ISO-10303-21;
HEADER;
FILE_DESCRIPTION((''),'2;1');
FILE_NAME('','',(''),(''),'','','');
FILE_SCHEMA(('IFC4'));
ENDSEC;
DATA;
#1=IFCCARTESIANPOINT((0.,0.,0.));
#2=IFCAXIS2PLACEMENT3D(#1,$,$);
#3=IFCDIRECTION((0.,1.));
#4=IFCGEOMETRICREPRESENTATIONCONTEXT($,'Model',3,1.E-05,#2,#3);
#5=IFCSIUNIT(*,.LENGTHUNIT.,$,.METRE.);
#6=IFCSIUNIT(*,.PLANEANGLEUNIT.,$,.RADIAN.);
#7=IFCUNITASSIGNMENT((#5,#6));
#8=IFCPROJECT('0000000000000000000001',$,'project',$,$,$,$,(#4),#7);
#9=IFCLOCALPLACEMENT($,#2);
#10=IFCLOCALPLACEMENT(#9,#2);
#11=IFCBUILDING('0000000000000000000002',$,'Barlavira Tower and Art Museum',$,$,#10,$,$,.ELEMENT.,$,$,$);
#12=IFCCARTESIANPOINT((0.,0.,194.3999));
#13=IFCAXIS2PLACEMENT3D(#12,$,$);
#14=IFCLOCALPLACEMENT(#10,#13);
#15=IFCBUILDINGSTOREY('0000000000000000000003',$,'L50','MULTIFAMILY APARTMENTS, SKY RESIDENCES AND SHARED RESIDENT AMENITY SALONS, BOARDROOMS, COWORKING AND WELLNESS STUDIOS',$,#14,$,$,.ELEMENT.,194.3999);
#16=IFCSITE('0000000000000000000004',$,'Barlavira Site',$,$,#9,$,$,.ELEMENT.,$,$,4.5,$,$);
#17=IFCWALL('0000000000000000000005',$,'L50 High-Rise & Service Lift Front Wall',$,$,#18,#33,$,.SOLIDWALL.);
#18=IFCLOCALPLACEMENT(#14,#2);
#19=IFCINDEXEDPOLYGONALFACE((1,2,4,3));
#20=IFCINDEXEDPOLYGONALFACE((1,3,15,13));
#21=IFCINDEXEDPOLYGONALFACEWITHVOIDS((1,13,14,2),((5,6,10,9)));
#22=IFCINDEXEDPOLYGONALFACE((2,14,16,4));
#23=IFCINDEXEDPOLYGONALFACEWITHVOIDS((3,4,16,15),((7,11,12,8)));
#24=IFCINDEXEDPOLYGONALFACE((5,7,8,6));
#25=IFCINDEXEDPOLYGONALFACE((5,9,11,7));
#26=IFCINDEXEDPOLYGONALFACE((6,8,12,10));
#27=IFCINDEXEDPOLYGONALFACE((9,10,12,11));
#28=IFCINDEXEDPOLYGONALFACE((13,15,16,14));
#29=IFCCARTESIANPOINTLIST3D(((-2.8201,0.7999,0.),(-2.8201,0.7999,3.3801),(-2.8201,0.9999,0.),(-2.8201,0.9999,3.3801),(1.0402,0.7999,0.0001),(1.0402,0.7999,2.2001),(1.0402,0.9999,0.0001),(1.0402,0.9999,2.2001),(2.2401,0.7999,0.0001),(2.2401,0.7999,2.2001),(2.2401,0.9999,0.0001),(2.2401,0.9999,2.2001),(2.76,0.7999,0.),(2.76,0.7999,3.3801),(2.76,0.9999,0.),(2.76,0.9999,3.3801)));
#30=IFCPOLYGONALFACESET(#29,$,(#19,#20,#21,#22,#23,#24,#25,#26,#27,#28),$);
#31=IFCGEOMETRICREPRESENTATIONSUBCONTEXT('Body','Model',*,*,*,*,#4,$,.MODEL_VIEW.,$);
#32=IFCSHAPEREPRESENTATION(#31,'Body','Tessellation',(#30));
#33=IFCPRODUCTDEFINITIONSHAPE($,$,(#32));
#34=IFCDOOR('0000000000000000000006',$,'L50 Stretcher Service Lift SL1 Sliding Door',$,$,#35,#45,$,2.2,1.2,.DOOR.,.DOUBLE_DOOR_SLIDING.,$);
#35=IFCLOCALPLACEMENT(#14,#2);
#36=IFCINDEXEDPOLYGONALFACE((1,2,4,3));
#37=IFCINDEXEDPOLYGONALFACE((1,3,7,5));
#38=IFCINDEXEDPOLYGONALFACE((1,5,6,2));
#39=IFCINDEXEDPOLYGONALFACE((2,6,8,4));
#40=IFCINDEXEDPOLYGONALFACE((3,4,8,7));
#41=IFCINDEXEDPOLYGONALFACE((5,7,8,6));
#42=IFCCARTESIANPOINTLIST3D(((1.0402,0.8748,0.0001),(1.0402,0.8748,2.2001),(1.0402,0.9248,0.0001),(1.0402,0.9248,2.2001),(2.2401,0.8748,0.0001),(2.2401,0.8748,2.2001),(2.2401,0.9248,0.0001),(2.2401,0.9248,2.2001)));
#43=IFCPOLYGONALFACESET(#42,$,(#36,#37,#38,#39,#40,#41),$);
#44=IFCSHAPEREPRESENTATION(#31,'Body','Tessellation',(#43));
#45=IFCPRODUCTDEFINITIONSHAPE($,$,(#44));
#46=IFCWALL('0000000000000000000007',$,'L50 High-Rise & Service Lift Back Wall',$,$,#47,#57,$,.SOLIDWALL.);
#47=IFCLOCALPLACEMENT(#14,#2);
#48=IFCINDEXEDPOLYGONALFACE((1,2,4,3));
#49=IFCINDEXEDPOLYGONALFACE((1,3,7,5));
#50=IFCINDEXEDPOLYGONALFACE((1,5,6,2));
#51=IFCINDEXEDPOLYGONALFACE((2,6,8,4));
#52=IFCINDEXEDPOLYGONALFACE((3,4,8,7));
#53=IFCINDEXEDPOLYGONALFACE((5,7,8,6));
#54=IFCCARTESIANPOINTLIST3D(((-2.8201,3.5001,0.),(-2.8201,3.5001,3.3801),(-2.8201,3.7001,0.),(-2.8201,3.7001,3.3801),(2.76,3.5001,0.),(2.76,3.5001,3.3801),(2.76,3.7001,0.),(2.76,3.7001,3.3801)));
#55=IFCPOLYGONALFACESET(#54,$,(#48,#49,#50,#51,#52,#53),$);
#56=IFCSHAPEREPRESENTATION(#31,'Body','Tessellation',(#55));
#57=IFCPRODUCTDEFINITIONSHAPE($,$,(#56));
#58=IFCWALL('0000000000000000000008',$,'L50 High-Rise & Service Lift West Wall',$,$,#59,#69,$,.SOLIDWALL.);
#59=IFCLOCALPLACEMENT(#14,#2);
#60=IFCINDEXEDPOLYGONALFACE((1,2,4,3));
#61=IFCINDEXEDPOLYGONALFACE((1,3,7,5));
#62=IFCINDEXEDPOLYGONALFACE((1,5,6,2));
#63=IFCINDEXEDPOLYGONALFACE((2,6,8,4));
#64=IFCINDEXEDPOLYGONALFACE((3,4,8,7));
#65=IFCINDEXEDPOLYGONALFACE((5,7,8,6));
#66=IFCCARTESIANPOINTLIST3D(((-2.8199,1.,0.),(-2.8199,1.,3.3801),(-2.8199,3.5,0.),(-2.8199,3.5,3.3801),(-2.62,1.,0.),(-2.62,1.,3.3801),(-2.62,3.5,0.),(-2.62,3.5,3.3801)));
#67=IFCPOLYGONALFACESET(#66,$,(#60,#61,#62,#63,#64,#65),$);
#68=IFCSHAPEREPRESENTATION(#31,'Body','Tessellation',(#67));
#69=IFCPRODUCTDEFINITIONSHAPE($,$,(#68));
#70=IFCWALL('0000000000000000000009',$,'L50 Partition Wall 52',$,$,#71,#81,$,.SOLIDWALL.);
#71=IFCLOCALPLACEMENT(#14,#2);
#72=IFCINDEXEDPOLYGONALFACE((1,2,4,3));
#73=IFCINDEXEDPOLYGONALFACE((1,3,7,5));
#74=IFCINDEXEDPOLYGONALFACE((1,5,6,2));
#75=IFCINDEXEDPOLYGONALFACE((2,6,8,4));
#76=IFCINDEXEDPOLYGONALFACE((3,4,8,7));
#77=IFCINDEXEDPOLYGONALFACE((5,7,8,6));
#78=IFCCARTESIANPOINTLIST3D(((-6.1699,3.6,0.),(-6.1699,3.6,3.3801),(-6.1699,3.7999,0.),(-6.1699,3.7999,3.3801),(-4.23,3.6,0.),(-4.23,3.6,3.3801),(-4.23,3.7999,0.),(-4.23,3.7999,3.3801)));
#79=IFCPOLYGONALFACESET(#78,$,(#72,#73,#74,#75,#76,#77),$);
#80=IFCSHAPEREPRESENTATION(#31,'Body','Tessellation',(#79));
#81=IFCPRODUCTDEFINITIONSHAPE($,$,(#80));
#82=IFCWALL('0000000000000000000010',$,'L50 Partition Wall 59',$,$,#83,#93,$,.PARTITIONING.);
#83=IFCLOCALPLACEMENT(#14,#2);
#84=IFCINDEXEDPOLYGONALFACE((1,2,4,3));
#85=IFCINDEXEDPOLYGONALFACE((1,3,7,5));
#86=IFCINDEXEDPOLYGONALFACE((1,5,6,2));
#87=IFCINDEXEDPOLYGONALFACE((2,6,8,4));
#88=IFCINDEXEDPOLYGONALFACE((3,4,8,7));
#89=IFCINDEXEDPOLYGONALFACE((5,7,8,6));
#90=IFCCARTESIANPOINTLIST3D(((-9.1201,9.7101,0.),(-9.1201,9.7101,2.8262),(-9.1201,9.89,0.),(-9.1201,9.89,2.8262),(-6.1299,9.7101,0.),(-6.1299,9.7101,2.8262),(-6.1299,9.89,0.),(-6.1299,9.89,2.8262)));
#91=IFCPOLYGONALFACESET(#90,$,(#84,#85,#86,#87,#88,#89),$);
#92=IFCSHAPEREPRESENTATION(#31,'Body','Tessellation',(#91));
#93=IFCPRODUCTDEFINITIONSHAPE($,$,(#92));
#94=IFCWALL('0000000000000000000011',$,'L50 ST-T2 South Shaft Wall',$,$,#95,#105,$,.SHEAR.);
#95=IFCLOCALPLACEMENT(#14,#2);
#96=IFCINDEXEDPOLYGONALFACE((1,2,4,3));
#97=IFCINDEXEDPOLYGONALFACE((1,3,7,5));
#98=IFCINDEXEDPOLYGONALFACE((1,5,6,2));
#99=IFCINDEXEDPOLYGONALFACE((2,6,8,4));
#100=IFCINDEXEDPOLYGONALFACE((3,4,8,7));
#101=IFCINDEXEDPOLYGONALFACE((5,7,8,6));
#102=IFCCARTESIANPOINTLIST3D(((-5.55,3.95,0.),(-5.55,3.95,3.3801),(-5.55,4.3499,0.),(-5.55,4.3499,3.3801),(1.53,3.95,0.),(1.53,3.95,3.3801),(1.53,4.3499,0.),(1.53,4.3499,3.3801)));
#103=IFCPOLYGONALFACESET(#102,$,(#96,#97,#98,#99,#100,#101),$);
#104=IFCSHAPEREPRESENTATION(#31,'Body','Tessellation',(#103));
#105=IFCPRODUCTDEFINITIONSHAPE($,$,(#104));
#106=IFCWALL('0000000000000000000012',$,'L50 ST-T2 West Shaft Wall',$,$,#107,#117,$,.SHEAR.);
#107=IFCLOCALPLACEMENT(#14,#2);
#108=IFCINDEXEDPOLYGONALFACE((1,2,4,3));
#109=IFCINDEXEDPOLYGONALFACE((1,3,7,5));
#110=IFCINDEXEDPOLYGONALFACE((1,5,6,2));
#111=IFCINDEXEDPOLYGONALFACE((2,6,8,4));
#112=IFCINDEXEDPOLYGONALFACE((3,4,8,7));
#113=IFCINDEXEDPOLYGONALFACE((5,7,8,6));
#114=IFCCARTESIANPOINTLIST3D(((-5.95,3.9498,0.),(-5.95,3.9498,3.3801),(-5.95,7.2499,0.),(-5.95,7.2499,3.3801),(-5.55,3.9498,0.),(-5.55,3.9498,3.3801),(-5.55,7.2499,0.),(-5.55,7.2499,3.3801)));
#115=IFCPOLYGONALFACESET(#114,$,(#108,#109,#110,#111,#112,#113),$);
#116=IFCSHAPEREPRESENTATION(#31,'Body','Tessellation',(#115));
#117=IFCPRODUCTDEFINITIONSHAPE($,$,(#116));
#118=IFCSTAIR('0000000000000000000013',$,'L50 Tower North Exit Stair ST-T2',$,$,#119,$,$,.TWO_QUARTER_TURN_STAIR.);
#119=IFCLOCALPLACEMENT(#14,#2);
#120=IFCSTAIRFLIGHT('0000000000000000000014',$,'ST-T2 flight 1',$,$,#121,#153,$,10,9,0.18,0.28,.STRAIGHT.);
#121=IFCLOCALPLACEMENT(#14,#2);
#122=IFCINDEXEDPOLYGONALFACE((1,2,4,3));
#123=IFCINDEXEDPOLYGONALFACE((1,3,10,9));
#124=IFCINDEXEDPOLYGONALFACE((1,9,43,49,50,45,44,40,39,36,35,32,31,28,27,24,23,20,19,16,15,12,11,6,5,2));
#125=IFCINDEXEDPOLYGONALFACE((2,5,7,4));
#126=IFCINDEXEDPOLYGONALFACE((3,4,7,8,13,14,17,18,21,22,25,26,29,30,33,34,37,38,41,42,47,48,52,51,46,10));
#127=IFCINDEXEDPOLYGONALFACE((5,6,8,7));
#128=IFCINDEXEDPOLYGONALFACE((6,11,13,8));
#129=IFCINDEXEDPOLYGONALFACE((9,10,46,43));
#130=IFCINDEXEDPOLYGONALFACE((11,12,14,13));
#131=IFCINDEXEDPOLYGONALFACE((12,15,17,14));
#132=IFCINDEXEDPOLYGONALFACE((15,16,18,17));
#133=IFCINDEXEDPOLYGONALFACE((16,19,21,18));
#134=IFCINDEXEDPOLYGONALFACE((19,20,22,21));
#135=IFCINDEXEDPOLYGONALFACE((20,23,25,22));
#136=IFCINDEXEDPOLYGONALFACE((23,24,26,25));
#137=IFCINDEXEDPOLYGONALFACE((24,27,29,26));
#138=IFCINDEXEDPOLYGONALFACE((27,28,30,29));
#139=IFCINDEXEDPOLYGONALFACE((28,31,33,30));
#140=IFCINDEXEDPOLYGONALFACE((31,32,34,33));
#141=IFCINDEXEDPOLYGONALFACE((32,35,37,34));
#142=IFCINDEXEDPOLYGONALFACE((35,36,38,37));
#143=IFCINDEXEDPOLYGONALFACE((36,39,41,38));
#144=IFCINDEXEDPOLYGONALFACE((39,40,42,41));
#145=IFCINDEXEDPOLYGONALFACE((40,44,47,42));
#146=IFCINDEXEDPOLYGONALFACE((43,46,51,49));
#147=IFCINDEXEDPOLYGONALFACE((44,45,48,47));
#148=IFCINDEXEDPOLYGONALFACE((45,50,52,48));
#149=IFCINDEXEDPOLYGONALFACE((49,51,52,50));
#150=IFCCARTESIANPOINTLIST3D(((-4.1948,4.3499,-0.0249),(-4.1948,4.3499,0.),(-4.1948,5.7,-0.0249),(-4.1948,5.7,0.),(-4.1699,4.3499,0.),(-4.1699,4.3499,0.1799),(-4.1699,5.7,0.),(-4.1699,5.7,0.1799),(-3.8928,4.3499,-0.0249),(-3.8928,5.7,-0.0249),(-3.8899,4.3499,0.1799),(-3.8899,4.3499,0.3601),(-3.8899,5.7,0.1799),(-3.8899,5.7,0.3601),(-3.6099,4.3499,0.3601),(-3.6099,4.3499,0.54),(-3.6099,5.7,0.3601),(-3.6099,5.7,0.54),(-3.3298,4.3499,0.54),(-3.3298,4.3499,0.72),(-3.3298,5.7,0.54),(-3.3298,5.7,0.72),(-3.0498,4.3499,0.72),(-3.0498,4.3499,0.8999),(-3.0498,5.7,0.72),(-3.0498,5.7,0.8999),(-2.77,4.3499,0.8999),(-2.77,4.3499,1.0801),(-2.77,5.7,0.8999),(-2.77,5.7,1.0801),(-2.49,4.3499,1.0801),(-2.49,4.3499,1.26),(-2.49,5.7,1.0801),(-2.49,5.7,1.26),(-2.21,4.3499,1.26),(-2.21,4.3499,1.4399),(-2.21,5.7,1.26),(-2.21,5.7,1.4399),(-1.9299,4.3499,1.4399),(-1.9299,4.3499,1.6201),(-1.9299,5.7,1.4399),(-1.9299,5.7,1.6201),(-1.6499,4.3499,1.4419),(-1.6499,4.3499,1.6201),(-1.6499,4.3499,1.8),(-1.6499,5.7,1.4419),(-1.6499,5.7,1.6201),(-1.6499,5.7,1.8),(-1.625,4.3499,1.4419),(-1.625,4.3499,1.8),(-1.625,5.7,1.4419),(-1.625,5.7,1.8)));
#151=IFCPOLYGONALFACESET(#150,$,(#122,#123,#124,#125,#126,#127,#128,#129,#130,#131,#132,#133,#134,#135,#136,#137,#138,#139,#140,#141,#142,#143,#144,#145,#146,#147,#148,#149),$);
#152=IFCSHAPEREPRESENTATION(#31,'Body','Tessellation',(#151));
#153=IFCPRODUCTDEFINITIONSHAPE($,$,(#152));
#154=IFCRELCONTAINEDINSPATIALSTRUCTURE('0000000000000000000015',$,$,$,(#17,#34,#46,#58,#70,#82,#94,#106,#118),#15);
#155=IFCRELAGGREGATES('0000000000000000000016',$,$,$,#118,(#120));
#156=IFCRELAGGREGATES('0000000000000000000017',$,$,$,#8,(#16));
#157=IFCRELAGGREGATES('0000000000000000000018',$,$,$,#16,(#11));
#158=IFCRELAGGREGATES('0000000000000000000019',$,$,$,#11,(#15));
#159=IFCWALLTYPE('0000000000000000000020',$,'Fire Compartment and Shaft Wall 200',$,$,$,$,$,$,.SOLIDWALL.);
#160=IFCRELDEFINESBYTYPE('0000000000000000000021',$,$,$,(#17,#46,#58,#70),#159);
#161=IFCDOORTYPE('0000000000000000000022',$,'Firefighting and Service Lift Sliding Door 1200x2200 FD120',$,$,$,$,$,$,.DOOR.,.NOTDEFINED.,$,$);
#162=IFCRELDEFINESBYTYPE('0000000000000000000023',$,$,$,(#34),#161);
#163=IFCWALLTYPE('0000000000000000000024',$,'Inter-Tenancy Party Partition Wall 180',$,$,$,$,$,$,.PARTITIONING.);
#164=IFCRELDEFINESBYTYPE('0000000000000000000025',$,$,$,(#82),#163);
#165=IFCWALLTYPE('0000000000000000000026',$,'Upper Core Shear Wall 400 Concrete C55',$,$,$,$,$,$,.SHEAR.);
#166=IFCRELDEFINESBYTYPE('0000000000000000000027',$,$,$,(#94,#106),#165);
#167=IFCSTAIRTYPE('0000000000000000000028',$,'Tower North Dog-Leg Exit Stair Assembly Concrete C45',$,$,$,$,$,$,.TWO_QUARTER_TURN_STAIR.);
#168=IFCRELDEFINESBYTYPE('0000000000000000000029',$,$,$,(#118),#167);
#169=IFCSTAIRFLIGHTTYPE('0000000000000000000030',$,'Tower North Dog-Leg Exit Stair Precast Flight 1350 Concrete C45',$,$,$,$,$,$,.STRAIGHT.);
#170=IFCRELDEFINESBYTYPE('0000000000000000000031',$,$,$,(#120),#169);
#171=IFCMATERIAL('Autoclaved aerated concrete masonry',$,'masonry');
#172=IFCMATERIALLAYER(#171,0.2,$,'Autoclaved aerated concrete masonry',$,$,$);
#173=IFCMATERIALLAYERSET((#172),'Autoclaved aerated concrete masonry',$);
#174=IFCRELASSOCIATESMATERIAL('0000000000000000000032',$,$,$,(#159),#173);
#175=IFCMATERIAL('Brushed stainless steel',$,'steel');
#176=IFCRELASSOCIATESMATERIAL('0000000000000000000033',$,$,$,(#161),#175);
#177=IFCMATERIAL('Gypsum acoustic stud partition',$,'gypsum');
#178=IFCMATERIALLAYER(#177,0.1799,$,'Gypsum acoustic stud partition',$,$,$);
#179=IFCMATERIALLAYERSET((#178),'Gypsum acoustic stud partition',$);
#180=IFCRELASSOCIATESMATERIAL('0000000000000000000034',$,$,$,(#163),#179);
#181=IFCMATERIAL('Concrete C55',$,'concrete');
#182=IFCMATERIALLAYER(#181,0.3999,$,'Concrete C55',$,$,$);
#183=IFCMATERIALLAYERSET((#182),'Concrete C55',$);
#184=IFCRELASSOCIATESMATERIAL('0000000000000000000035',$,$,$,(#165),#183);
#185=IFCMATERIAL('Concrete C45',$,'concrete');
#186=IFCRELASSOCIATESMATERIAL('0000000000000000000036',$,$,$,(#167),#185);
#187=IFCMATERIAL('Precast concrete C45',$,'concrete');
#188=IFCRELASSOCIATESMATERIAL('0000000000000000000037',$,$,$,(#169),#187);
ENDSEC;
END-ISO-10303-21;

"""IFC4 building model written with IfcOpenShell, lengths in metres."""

from ifc_helpers import new_model, si_unit, direction, frame, frame_2d, origin, place, context, subcontext, project, spatial, polyline, rectangle, outline, extrude, material, layer, layer_set, type_object, element, fill, aggregate, save


model = new_model("IFC4")

# Units and contexts
model_context = context("Model", 3, precision=1e-05, world=origin(), true_north=direction((0.0, 1.0)))
body_context = subcontext(model_context, "Body", "Model", "MODEL_VIEW")
ifc_project = project(units=[si_unit("LENGTHUNIT", "METRE"), si_unit("PLANEANGLEUNIT", "RADIAN")], contexts=[model_context])

# Site, building, storey
site_placement = place(None, origin())
site = spatial("IfcSite", under=ifc_project, at=site_placement, Name="Barlavira Site", CompositionType="ELEMENT", RefElevation=4.5)
building_placement = place(site_placement, origin())
building = spatial("IfcBuilding", under=site, at=building_placement, Name="Barlavira Tower and Art Museum", CompositionType="ELEMENT")
storey_placement = place(building_placement, frame((0.0, 0.0, 194.3999)))
storey = spatial("IfcBuildingStorey", under=building, at=storey_placement, Name="L50", Description="MULTIFAMILY APARTMENTS, SKY RESIDENCES AND SHARED RESIDENT AMENITY SALONS, BOARDROOMS, COWORKING AND WELLNESS STUDIOS", CompositionType="ELEMENT", Elevation=194.3999)

# Shared definitions
ifc_material_1 = material(Name="Gypsum acoustic stud partition", Category="gypsum")

# Shared definitions
ifc_material_2 = material(Name="Brushed stainless steel", Category="steel")

# Wall, opening, door
ifc_material_3 = material(Name="Autoclaved aerated concrete masonry", Category="masonry")
ifc_layer_1 = layer(ifc_material_3, 0.2, Name="Autoclaved aerated concrete masonry")
ifc_layer_set_1 = layer_set([ifc_layer_1], Name="Autoclaved aerated concrete masonry")
wall_type_1 = type_object("IfcWallType", Name="Fire Compartment and Shaft Wall 200", PredefinedType="SOLIDWALL", material=ifc_layer_set_1)
wall_1_placement = place(storey_placement, frame((-2.8201, 0.8999, 0.0), z_axis=(0.0, 0.0, 1.0), x_axis=(1.0, 0.0, 0.0)))
wall_1 = element("IfcWall", 1, at=wall_1_placement, inside=storey, type_object=wall_type_1, Name="L50 High-Rise & Service Lift Front Wall", PredefinedType="SOLIDWALL", context=body_context, shape_type="SweptSolid", body=[
    extrude(rectangle(XDim=5.5801, YDim=0.2, at=frame_2d((2.79, 0.0))), origin(), (0.0, 0.0, 1.0), 3.3801),
])
opening_1_placement = place(wall_1_placement, frame((3.8601, 0.0, 0.0)))
opening_1 = element("IfcOpeningElement", 2, at=opening_1_placement, cuts=wall_1, PredefinedType="OPENING", context=body_context, shape_type="SweptSolid", body=[
    extrude(rectangle(XDim=1.2, YDim=2.2, at=frame_2d((0.6001, 1.1001))), frame((0.0, 0.1099, 0.0), z_axis=(0.0, -1.0, 0.0), x_axis=(1.0, 0.0, 0.0)), (0.0, 0.0, 1.0), 0.22),
])
door_type_1 = type_object("IfcDoorType", Name="Firefighting and Service Lift Sliding Door 1200x2200 FD120", OperationType="NOTDEFINED", PredefinedType="DOOR", material=ifc_material_2)
door_1_placement = place(opening_1_placement, origin())
door_1 = element("IfcDoor", 3, at=door_1_placement, inside=storey, type_object=door_type_1, Name="L50 Stretcher Service Lift SL1 Sliding Door", OperationType="DOUBLE_DOOR_SLIDING", OverallHeight=2.2, OverallWidth=1.2, PredefinedType="DOOR", context=body_context, shape_type="SweptSolid", body=[
    extrude(rectangle(XDim=1.2, YDim=2.2, at=frame_2d((0.6001, 1.1001))), frame((0.0, 0.0249, 0.0), z_axis=(0.0, -1.0, 0.0), x_axis=(1.0, 0.0, 0.0)), (0.0, 0.0, 1.0), 0.05),
])
fill(opening_1, door_1)

# Walls
wall_2_placement = place(storey_placement, frame((-2.8201, 3.6001, 0.0), z_axis=(0.0, 0.0, 1.0), x_axis=(1.0, 0.0, 0.0)))
element("IfcWall", 4, at=wall_2_placement, inside=storey, type_object=wall_type_1, Name="L50 High-Rise & Service Lift Back Wall", PredefinedType="SOLIDWALL", context=body_context, shape_type="SweptSolid", body=[
    extrude(rectangle(XDim=5.5801, YDim=0.2, at=frame_2d((2.79, 0.0))), origin(), (0.0, 0.0, 1.0), 3.3801),
])
wall_3_placement = place(storey_placement, frame((-2.72, 1.0, 0.0), z_axis=(0.0, 0.0, 1.0), x_axis=(0.0, 1.0, 0.0)))
element("IfcWall", 5, at=wall_3_placement, inside=storey, type_object=wall_type_1, Name="L50 High-Rise & Service Lift West Wall", PredefinedType="SOLIDWALL", context=body_context, shape_type="SweptSolid", body=[
    extrude(rectangle(XDim=2.5, YDim=0.2, at=frame_2d((1.25, 0.0))), origin(), (0.0, 0.0, 1.0), 3.3801),
])
wall_4_placement = place(storey_placement, frame((-6.1699, 3.7, 0.0), z_axis=(0.0, 0.0, 1.0), x_axis=(1.0, 0.0, 0.0)))
element("IfcWall", 6, at=wall_4_placement, inside=storey, type_object=wall_type_1, Name="L50 Partition Wall 52", PredefinedType="SOLIDWALL", context=body_context, shape_type="SweptSolid", body=[
    extrude(rectangle(XDim=1.9399, YDim=0.2, at=frame_2d((0.97, 0.0))), origin(), (0.0, 0.0, 1.0), 3.3801),
])

# Shared definitions
ifc_layer_2 = layer(ifc_material_1, 0.1799, Name="Gypsum acoustic stud partition")
ifc_layer_set_2 = layer_set([ifc_layer_2], Name="Gypsum acoustic stud partition")
wall_type_2 = type_object("IfcWallType", Name="Inter-Tenancy Party Partition Wall 180", PredefinedType="PARTITIONING", material=ifc_layer_set_2)

# Walls
wall_5_placement = place(storey_placement, frame((-9.1201, 9.8, 0.0), z_axis=(0.0, 0.0, 1.0), x_axis=(1.0, 0.0, 0.0)))
element("IfcWall", 7, at=wall_5_placement, inside=storey, type_object=wall_type_2, Name="L50 Partition Wall 59", PredefinedType="PARTITIONING", context=body_context, shape_type="SweptSolid", body=[
    extrude(rectangle(XDim=2.9902, YDim=0.1799, at=frame_2d((1.4951, 0.0))), origin(), (0.0, 0.0, 1.0), 2.8262),
])
ifc_material_4 = material(Name="Concrete C55", Category="concrete")
ifc_layer_3 = layer(ifc_material_4, 0.3999, Name="Concrete C55")
ifc_layer_set_3 = layer_set([ifc_layer_3], Name="Concrete C55")
wall_type_3 = type_object("IfcWallType", Name="Upper Core Shear Wall 400 Concrete C55", PredefinedType="SHEAR", material=ifc_layer_set_3)
wall_6_placement = place(storey_placement, frame((-5.55, 4.1499, 0.0), z_axis=(0.0, 0.0, 1.0), x_axis=(1.0, 0.0, 0.0)))
element("IfcWall", 8, at=wall_6_placement, inside=storey, type_object=wall_type_3, Name="L50 ST-T2 South Shaft Wall", PredefinedType="SHEAR", context=body_context, shape_type="SweptSolid", body=[
    extrude(rectangle(XDim=7.0801, YDim=0.3999, at=frame_2d((3.54, 0.0))), origin(), (0.0, 0.0, 1.0), 3.3801),
])
wall_7_placement = place(storey_placement, frame((-5.75, 3.95, 0.0), z_axis=(0.0, 0.0, 1.0), x_axis=(0.0, 1.0, 0.0)))
element("IfcWall", 9, at=wall_7_placement, inside=storey, type_object=wall_type_3, Name="L50 ST-T2 West Shaft Wall", PredefinedType="SHEAR", context=body_context, shape_type="SweptSolid", body=[
    extrude(rectangle(XDim=3.3, YDim=0.3999, at=frame_2d((1.6499, 0.0))), origin(), (0.0, 0.0, 1.0), 3.3801),
])

# Stair, stair flight
ifc_material_5 = material(Name="Concrete C45", Category="concrete")
stair_type = type_object("IfcStairType", Name="Tower North Dog-Leg Exit Stair Assembly Concrete C45", PredefinedType="TWO_QUARTER_TURN_STAIR", material=ifc_material_5)
stair_placement = place(storey_placement, origin())
stair = element("IfcStair", 10, at=stair_placement, inside=storey, type_object=stair_type, Name="L50 Tower North Exit Stair ST-T2", PredefinedType="TWO_QUARTER_TURN_STAIR")
ifc_material_6 = material(Name="Precast concrete C45", Category="concrete")
stair_flight_type = type_object("IfcStairFlightType", Name="Tower North Dog-Leg Exit Stair Precast Flight 1350 Concrete C45", PredefinedType="STRAIGHT", material=ifc_material_6)
stair_flight_1_placement = place(storey_placement, frame((-4.1699, 5.0249, 0.0), z_axis=(0.0, 0.0, 1.0), x_axis=(1.0, 0.0, 0.0)))
stair_flight_1 = element("IfcStairFlight", 11, at=stair_flight_1_placement, type_object=stair_flight_type, Name="ST-T2 flight 1", NumberOfRisers=10, NumberOfTreads=9, PredefinedType="STRAIGHT", RiserHeight=0.18, TreadLength=0.28, context=body_context, shape_type="SweptSolid", body=[
    extrude(outline(polyline([(-0.0249, 0.0), (0.0, 0.0), (0.0, 0.1799), (0.28, 0.1799), (0.28, 0.3601), (0.5601, 0.3601), (0.5601, 0.54), (0.8401, 0.54), (0.8401, 0.72), (1.1201, 0.72), (1.1201, 0.8999), (1.3999, 0.8999), (1.3999, 1.0801), (1.6799, 1.0801), (1.6799, 1.26), (1.96, 1.26), (1.96, 1.4399), (2.24, 1.4399), (2.24, 1.6201), (2.52, 1.6201), (2.52, 1.8), (2.5449, 1.8), (2.5449, 1.4419), (2.52, 1.4419), (0.2771, -0.0249), (-0.0249, -0.0249), (-0.0249, 0.0)])), frame((0.0, 0.675, 0.0), z_axis=(0.0, -1.0, 0.0), x_axis=(1.0, 0.0, 0.0)), (0.0, 0.0, 1.0), 1.3501),
])
aggregate(stair, [stair_flight_1])

save(model, "model.ifc")
